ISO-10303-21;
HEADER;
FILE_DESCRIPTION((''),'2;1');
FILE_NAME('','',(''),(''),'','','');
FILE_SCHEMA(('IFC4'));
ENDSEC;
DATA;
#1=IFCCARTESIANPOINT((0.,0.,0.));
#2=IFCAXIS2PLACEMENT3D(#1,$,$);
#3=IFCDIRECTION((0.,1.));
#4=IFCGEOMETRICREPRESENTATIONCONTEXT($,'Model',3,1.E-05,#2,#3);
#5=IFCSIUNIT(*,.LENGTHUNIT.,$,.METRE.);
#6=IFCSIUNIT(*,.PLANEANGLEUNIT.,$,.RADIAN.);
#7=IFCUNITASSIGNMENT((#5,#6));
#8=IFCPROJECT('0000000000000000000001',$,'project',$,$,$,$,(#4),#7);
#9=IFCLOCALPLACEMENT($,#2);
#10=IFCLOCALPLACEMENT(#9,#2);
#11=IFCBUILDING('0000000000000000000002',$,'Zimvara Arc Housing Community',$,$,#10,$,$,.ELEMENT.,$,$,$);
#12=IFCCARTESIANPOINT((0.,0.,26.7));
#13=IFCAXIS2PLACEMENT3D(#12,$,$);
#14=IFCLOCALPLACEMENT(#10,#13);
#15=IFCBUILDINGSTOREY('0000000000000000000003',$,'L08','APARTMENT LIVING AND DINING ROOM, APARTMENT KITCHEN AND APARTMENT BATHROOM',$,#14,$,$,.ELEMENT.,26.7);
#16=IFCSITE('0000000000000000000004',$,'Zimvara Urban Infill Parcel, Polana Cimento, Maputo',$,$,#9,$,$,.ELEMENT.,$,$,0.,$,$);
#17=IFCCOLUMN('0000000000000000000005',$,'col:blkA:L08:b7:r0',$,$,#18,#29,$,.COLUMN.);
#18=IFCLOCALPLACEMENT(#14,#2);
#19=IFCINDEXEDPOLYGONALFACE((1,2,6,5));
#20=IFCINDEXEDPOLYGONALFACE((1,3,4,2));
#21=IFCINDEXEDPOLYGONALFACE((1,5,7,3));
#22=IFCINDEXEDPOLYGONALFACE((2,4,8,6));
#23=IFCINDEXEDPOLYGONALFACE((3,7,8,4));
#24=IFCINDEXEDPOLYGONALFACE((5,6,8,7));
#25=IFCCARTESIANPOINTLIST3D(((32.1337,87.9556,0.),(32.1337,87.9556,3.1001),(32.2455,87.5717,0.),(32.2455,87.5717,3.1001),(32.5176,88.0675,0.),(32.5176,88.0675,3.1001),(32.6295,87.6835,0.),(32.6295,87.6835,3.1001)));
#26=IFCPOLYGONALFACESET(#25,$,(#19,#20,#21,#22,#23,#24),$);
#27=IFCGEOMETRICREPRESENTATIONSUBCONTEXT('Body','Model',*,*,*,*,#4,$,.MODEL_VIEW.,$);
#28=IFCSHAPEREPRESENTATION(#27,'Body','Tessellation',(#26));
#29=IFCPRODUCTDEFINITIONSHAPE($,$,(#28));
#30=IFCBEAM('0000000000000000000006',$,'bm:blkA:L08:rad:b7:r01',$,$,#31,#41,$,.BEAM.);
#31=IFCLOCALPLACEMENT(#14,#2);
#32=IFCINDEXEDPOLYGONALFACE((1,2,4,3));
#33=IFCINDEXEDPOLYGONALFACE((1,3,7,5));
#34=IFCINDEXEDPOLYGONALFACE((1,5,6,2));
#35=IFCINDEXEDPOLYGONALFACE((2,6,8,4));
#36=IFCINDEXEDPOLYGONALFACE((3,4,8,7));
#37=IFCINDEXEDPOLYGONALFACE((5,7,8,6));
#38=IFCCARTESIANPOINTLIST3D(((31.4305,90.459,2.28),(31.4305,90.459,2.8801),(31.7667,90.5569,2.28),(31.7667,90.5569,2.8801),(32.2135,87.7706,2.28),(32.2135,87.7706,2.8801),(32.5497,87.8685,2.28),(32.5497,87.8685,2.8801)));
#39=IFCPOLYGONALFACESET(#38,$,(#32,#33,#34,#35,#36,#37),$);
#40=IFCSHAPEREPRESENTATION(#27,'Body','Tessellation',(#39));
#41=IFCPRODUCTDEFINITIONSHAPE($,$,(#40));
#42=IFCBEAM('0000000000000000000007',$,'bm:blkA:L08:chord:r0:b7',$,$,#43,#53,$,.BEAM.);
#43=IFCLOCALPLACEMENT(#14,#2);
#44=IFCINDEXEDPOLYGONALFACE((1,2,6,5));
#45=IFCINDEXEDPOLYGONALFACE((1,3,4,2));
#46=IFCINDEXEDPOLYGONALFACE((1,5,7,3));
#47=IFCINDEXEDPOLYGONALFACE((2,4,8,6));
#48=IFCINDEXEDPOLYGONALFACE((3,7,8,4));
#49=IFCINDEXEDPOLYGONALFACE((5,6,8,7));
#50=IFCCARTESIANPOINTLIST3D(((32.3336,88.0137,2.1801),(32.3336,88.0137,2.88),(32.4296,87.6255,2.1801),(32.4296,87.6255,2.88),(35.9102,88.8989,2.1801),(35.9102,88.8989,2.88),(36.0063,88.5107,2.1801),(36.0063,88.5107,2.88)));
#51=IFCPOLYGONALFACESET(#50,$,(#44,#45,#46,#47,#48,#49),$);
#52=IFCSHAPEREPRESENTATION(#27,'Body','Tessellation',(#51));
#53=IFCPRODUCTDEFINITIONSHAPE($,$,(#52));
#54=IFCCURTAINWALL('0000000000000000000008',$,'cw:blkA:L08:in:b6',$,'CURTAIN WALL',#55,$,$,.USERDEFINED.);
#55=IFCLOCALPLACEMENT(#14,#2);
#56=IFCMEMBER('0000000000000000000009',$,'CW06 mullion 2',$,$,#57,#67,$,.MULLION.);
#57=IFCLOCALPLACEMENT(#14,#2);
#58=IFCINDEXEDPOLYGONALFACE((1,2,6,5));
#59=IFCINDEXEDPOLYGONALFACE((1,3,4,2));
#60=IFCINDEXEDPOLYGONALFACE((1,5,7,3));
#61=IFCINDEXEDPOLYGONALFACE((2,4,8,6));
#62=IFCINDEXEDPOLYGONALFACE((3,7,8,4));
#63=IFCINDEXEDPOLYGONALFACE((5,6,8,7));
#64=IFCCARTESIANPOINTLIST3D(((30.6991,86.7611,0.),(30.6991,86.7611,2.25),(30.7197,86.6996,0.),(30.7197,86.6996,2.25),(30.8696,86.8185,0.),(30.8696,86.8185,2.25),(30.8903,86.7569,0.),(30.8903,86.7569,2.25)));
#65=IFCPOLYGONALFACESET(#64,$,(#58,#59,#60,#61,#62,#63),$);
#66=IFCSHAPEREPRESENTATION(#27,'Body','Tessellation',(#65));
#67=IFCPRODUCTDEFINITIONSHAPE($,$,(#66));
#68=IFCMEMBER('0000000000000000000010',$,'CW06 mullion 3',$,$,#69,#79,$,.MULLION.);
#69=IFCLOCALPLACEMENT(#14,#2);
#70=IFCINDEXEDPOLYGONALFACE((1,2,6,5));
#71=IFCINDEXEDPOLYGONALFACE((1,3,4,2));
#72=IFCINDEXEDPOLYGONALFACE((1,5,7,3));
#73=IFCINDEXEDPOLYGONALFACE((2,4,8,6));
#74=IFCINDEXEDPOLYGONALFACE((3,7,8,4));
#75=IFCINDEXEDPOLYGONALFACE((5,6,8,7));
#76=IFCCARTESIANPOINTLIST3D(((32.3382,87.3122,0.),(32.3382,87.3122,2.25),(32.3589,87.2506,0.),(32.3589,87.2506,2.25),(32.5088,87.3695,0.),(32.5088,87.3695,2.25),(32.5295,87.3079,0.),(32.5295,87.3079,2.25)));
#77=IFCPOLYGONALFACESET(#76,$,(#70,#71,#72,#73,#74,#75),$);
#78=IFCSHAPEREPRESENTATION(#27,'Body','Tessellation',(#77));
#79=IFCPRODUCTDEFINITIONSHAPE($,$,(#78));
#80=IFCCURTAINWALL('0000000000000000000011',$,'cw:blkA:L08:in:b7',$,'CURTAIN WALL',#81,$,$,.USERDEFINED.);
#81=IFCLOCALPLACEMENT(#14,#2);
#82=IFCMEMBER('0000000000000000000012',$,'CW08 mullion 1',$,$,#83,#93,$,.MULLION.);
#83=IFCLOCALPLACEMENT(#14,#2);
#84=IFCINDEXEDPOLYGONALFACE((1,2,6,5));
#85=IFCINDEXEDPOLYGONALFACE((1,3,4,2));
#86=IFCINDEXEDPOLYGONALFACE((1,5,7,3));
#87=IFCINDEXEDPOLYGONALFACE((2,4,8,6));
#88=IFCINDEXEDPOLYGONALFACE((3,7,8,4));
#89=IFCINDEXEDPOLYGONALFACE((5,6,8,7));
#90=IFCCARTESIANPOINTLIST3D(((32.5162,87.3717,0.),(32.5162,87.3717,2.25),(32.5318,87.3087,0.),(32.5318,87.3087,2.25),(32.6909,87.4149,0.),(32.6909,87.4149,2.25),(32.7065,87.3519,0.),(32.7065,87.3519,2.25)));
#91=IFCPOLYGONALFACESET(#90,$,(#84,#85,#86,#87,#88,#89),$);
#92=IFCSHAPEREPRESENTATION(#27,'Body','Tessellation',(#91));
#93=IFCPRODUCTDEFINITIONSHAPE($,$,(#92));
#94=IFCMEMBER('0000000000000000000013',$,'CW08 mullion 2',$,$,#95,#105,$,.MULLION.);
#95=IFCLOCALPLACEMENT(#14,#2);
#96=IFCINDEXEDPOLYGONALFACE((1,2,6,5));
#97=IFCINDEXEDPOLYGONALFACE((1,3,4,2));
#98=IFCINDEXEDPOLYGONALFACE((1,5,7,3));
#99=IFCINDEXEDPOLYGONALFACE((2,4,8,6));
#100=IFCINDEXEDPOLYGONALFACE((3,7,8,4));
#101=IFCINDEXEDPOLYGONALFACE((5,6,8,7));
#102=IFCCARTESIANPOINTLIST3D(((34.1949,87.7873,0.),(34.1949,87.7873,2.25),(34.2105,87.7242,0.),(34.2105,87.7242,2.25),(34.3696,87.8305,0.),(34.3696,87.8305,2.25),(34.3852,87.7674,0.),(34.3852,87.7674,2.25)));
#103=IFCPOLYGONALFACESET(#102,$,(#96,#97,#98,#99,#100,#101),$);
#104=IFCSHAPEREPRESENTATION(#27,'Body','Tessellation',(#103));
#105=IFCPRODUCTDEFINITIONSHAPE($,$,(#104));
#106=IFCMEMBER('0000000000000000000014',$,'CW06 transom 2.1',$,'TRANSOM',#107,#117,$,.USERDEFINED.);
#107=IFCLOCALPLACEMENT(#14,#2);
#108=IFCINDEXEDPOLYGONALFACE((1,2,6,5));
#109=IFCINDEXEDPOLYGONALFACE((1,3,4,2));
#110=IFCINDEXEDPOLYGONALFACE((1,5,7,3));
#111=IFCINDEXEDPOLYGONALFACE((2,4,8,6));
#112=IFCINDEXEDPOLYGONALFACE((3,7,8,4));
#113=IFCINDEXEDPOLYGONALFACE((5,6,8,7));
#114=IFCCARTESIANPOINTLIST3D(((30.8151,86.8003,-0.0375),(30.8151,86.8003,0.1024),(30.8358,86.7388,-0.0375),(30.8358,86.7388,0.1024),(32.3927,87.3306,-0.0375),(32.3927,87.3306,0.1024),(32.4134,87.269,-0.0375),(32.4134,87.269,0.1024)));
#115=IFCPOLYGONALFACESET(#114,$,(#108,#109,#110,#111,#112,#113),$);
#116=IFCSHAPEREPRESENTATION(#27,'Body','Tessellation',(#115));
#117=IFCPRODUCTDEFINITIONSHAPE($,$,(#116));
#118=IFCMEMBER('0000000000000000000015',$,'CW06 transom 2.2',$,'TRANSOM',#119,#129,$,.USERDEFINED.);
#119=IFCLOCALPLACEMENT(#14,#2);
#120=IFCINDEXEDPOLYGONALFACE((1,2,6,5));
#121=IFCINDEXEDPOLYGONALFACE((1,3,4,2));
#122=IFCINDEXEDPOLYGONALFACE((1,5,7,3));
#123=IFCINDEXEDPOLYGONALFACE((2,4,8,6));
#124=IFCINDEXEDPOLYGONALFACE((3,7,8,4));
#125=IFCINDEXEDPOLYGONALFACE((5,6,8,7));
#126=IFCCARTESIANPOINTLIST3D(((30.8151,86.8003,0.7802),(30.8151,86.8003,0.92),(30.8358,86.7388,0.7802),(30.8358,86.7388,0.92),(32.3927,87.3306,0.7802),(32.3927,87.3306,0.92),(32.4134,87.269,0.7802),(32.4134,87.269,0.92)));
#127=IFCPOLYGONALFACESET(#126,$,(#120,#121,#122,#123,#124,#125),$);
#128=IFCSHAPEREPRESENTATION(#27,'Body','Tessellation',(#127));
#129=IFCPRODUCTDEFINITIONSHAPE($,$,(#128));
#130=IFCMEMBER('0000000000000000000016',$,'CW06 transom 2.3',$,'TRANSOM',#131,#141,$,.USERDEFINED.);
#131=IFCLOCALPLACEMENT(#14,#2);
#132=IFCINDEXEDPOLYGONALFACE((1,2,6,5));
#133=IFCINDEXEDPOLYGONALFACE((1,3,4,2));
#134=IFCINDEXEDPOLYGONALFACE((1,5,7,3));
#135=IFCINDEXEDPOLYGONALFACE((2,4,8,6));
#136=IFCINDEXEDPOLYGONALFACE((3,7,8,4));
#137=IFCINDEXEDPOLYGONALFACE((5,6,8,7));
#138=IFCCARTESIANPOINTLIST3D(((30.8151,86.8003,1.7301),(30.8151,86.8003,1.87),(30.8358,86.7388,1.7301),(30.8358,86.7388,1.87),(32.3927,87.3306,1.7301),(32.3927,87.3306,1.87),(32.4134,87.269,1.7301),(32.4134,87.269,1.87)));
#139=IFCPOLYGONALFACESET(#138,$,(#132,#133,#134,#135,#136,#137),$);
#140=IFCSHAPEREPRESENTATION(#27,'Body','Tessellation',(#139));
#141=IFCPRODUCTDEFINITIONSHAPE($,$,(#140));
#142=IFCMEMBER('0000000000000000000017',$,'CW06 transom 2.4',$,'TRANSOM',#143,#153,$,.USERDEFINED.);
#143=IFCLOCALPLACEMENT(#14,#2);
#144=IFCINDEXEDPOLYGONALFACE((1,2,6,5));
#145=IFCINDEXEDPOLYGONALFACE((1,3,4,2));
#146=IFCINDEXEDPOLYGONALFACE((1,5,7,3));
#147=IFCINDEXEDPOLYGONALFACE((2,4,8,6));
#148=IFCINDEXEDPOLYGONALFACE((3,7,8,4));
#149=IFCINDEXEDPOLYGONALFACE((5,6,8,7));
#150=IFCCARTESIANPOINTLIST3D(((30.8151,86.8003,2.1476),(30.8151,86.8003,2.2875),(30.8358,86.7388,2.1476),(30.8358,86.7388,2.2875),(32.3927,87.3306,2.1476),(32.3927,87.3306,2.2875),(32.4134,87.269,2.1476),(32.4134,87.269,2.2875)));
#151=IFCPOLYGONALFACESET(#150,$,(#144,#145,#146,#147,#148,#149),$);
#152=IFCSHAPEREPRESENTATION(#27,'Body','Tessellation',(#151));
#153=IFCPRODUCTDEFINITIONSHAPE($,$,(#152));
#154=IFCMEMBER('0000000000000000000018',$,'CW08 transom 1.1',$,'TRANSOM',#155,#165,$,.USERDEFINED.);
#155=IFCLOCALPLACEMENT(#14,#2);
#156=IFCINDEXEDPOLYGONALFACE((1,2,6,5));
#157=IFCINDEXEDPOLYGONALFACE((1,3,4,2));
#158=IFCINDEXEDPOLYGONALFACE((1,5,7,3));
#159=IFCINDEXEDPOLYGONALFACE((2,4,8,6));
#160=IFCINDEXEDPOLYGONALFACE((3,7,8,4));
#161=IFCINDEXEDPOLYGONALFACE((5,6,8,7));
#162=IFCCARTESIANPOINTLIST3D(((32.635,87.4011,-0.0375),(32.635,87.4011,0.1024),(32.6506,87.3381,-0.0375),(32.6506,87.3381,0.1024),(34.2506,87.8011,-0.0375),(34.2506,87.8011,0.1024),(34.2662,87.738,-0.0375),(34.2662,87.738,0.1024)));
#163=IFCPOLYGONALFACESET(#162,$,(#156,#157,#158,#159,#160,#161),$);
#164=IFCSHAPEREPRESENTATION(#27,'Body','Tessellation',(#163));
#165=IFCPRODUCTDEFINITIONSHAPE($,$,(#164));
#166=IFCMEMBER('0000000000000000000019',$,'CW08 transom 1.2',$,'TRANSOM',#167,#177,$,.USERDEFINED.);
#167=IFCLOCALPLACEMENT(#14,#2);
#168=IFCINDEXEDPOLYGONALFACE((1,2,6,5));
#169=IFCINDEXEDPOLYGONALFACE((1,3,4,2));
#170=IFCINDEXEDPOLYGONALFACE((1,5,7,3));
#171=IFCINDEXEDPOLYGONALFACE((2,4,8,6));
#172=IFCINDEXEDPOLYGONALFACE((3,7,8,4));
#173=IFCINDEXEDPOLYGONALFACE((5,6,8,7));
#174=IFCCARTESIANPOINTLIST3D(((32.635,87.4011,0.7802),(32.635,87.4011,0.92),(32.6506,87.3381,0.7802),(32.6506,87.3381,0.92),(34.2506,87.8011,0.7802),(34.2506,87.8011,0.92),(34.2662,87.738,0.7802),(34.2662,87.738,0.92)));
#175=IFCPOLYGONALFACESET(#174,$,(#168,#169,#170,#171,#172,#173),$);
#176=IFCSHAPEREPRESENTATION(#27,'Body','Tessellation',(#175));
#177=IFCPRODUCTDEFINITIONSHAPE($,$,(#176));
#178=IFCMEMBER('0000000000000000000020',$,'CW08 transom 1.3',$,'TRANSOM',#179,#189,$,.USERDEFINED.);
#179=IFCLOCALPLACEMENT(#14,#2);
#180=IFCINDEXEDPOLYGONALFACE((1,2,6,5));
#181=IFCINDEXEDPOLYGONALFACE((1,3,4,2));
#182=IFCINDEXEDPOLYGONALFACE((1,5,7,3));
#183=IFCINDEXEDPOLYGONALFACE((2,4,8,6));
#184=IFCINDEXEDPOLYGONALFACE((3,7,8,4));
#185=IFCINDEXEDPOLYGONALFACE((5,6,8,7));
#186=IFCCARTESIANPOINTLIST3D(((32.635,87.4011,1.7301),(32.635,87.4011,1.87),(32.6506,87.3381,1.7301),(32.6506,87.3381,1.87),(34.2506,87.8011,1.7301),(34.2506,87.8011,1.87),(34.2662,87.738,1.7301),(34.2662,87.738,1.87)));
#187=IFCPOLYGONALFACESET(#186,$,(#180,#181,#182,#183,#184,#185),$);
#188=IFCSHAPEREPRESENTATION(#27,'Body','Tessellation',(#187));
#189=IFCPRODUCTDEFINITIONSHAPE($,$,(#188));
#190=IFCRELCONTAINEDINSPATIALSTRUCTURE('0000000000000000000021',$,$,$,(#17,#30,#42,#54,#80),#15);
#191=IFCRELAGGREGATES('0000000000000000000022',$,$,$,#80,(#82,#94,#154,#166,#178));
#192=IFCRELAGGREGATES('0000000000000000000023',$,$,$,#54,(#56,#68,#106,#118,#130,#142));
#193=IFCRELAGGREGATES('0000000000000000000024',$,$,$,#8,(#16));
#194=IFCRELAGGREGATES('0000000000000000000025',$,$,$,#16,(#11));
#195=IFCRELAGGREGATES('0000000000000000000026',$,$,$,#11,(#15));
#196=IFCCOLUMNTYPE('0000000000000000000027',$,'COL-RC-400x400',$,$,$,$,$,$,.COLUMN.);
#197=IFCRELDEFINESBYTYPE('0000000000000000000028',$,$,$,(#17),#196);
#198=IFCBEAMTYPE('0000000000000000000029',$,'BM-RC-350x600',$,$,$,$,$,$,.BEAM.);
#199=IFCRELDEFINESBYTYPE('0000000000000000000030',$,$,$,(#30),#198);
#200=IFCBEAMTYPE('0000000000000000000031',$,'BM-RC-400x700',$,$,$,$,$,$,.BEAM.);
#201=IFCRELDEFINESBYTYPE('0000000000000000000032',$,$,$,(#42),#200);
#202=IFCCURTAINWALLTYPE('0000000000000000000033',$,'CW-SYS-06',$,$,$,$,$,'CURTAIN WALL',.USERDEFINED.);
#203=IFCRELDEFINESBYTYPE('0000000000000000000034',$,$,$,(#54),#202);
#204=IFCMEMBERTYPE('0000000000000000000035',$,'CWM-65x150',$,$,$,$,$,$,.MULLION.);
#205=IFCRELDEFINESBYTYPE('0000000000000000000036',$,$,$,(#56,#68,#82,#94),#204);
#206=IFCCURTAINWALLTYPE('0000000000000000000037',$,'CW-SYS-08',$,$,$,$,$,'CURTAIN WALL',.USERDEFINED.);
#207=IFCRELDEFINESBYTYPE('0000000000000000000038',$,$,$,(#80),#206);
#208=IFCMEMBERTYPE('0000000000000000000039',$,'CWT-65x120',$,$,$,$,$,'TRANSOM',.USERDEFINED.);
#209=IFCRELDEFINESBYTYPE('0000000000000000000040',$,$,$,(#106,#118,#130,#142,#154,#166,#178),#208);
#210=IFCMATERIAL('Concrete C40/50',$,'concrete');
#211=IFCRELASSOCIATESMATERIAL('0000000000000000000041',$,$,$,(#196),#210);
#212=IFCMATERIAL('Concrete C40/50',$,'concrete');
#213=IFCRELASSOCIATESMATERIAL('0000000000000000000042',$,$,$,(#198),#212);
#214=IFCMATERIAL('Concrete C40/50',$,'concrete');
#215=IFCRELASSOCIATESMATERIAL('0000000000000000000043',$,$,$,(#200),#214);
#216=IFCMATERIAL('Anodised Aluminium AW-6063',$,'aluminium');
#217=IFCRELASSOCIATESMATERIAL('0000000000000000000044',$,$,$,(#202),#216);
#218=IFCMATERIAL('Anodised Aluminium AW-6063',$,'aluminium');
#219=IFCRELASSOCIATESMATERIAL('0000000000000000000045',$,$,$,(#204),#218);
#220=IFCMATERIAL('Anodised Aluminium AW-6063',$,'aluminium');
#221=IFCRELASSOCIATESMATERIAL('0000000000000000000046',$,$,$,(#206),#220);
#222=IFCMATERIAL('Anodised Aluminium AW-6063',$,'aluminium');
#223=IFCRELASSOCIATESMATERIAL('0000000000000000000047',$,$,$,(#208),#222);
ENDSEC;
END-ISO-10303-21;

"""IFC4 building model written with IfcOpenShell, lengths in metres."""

from ifc_helpers import new_model, si_unit, direction, frame, origin, origin_2d, place, context, subcontext, project, spatial, rectangle, extrude, material, material_profile, profile_set, type_object, element, aggregate, save


model = new_model("IFC4")

# Units and contexts
model_context = context("Model", 3, precision=1e-05, world=origin(), true_north=direction((0.0, 1.0)))
body_context = subcontext(model_context, "Body", "Model", "MODEL_VIEW")
ifc_project = project(units=[si_unit("LENGTHUNIT", "METRE"), si_unit("PLANEANGLEUNIT", "RADIAN")], contexts=[model_context])

# Site, building, storey
site_placement = place(None, origin())
site = spatial("IfcSite", under=ifc_project, at=site_placement, Name="Zimvara Urban Infill Parcel, Polana Cimento, Maputo", CompositionType="ELEMENT", RefElevation=0.0)
building_placement = place(site_placement, origin())
building = spatial("IfcBuilding", under=site, at=building_placement, Name="Zimvara Arc Housing Community", CompositionType="ELEMENT")
storey_placement = place(building_placement, frame((0.0, 0.0, 26.7)))
storey = spatial("IfcBuildingStorey", under=building, at=storey_placement, Name="L08", Description="APARTMENT LIVING AND DINING ROOM, APARTMENT KITCHEN AND APARTMENT BATHROOM", CompositionType="ELEMENT", Elevation=26.7)

# Column
ifc_material_1 = material(Name="Concrete C40/50", Category="concrete")
ifc_material_profile_1 = material_profile(ifc_material_1, rectangle(XDim=0.3999, YDim=0.3999, at=origin_2d()), Name="RC 400x400")
ifc_profile_set_1 = profile_set([ifc_material_profile_1], Name="Concrete C40/50")
column_type = type_object("IfcColumnType", Name="COL-RC-400x400", PredefinedType="COLUMN", material=ifc_profile_set_1)
column_placement = place(storey_placement, frame((32.3816, 87.8196, 0.0), z_axis=(0.0, 0.0, 1.0), x_axis=(-0.279661, 0.960099, 0.0)))
element("IfcColumn", 1, at=column_placement, inside=storey, type_object=column_type, Name="col:blkA:L08:b7:r0", PredefinedType="COLUMN", context=body_context, shape_type="SweptSolid", body=[
    extrude(rectangle(XDim=0.3999, YDim=0.3999, at=origin_2d()), origin(), (0.0, 0.0, 1.0), 3.1001),
])

# Beams
ifc_material_2 = material(Name="Concrete C40/50", Category="concrete")
ifc_material_profile_2 = material_profile(ifc_material_2, rectangle(XDim=0.3501, YDim=0.6001, at=origin_2d()), Name="RC 350x600")
ifc_profile_set_2 = profile_set([ifc_material_profile_2], Name="Concrete C40/50")
beam_type_1 = type_object("IfcBeamType", Name="BM-RC-350x600", PredefinedType="BEAM", material=ifc_profile_set_2)
beam_1_placement = place(storey_placement, frame((32.3816, 87.8196, 2.5801), z_axis=(-0.279635, 0.960106, 0.0), x_axis=(-0.960106, -0.279635, 0.0)))
element("IfcBeam", 2, at=beam_1_placement, inside=storey, type_object=beam_type_1, Name="bm:blkA:L08:rad:b7:r01", PredefinedType="BEAM", context=body_context, shape_type="SweptSolid", body=[
    extrude(rectangle(XDim=0.3501, YDim=0.6001, at=origin_2d()), origin(), (0.0, 0.0, 1.0), 2.8),
])
ifc_material_3 = material(Name="Concrete C40/50", Category="concrete")
ifc_material_profile_3 = material_profile(ifc_material_3, rectangle(XDim=0.3999, YDim=0.7, at=origin_2d()), Name="RC 400x700")
ifc_profile_set_3 = profile_set([ifc_material_profile_3], Name="Concrete C40/50")
beam_type_2 = type_object("IfcBeamType", Name="BM-RC-400x700", PredefinedType="BEAM", material=ifc_profile_set_3)
beam_2_placement = place(storey_placement, frame((32.3816, 87.8196, 2.53), z_axis=(0.970709, 0.240259, 0.0), x_axis=(-0.240259, 0.970709, 0.0)))
element("IfcBeam", 3, at=beam_2_placement, inside=storey, type_object=beam_type_2, Name="bm:blkA:L08:chord:r0:b7", PredefinedType="BEAM", context=body_context, shape_type="SweptSolid", body=[
    extrude(rectangle(XDim=0.3999, YDim=0.7, at=origin_2d()), origin(), (0.0, 0.0, 1.0), 3.6846),
])

# Curtain walls, members
ifc_material_4 = material(Name="Anodised Aluminium AW-6063", Category="aluminium")
curtain_wall_type_1 = type_object("IfcCurtainWallType", Name="CW-SYS-06", ElementType="CURTAIN WALL", PredefinedType="USERDEFINED", material=ifc_material_4)
curtain_wall_1_placement = place(storey_placement, origin())
curtain_wall_1 = element("IfcCurtainWall", 4, at=curtain_wall_1_placement, inside=storey, type_object=curtain_wall_type_1, Name="cw:blkA:L08:in:b6", ObjectType="CURTAIN WALL", PredefinedType="USERDEFINED")
ifc_material_5 = material(Name="Anodised Aluminium AW-6063", Category="aluminium")
ifc_material_profile_4 = material_profile(ifc_material_5, rectangle(XDim=0.0649, YDim=0.1799, at=origin_2d()), Name="ALU 65x180")
ifc_profile_set_4 = profile_set([ifc_material_profile_4], Name="Anodised Aluminium AW-6063")
member_type_1 = type_object("IfcMemberType", Name="CWM-65x150", PredefinedType="MULLION", material=ifc_profile_set_4)
member_1_placement = place(storey_placement, frame((30.7947, 86.759, 0.0), z_axis=(0.0, 0.0, 1.0), x_axis=(-0.31863, 0.947879, 0.0)))
member_1 = element("IfcMember", 5, at=member_1_placement, type_object=member_type_1, Name="CW06 mullion 2", PredefinedType="MULLION", context=body_context, shape_type="SweptSolid", body=[
    extrude(rectangle(XDim=0.0649, YDim=0.1799, at=origin_2d()), origin(), (0.0, 0.0, 1.0), 2.25),
])
member_2_placement = place(storey_placement, frame((32.4338, 87.3101, 0.0), z_axis=(0.0, 0.0, 1.0), x_axis=(-0.31863, 0.947879, 0.0)))
member_2 = element("IfcMember", 6, at=member_2_placement, type_object=member_type_1, Name="CW06 mullion 3", PredefinedType="MULLION", context=body_context, shape_type="SweptSolid", body=[
    extrude(rectangle(XDim=0.0649, YDim=0.1799, at=origin_2d()), origin(), (0.0, 0.0, 1.0), 2.25),
])
ifc_material_6 = material(Name="Anodised Aluminium AW-6063", Category="aluminium")
curtain_wall_type_2 = type_object("IfcCurtainWallType", Name="CW-SYS-08", ElementType="CURTAIN WALL", PredefinedType="USERDEFINED", material=ifc_material_6)
curtain_wall_2_placement = place(storey_placement, origin())
curtain_wall_2 = element("IfcCurtainWall", 7, at=curtain_wall_2_placement, inside=storey, type_object=curtain_wall_type_2, Name="cw:blkA:L08:in:b7", ObjectType="CURTAIN WALL", PredefinedType="USERDEFINED")
member_3_placement = place(storey_placement, frame((32.6113, 87.3618, 0.0), z_axis=(0.0, 0.0, 1.0), x_axis=(-0.240228, 0.970717, 0.0)))
member_3 = element("IfcMember", 8, at=member_3_placement, type_object=member_type_1, Name="CW08 mullion 1", PredefinedType="MULLION", context=body_context, shape_type="SweptSolid", body=[
    extrude(rectangle(XDim=0.0649, YDim=0.1799, at=origin_2d()), origin(), (0.0, 0.0, 1.0), 2.25),
])
member_4_placement = place(storey_placement, frame((34.29, 87.7773, 0.0), z_axis=(0.0, 0.0, 1.0), x_axis=(-0.240228, 0.970717, 0.0)))
member_4 = element("IfcMember", 9, at=member_4_placement, type_object=member_type_1, Name="CW08 mullion 2", PredefinedType="MULLION", context=body_context, shape_type="SweptSolid", body=[
    extrude(rectangle(XDim=0.0649, YDim=0.1799, at=origin_2d()), origin(), (0.0, 0.0, 1.0), 2.25),
])

# Members
ifc_material_7 = material(Name="Anodised Aluminium AW-6063", Category="aluminium")
ifc_material_profile_5 = material_profile(ifc_material_7, rectangle(XDim=0.0649, YDim=0.1399, at=origin_2d()), Name="ALU 65x140")
ifc_profile_set_5 = profile_set([ifc_material_profile_5], Name="Anodised Aluminium AW-6063")
member_type_2 = type_object("IfcMemberType", Name="CWT-65x120", ElementType="TRANSOM", PredefinedType="USERDEFINED", material=ifc_profile_set_5)
member_5_placement = place(storey_placement, frame((30.8254, 86.7695, 0.0325), z_axis=(0.947888, 0.318603, 0.0), x_axis=(-0.318603, 0.947888, 0.0)))
member_5 = element("IfcMember", 10, at=member_5_placement, type_object=member_type_2, Name="CW06 transom 2.1", ObjectType="TRANSOM", PredefinedType="USERDEFINED", context=body_context, shape_type="SweptSolid", body=[
    extrude(rectangle(XDim=0.0649, YDim=0.1399, at=origin_2d()), origin(), (0.0, 0.0, 1.0), 1.6643),
])
member_6_placement = place(storey_placement, frame((30.8254, 86.7695, 0.8501), z_axis=(0.947888, 0.318603, 0.0), x_axis=(-0.318603, 0.947888, 0.0)))
member_6 = element("IfcMember", 11, at=member_6_placement, type_object=member_type_2, Name="CW06 transom 2.2", ObjectType="TRANSOM", PredefinedType="USERDEFINED", context=body_context, shape_type="SweptSolid", body=[
    extrude(rectangle(XDim=0.0649, YDim=0.1399, at=origin_2d()), origin(), (0.0, 0.0, 1.0), 1.6643),
])
member_7_placement = place(storey_placement, frame((30.8254, 86.7695, 1.8), z_axis=(0.947888, 0.318603, 0.0), x_axis=(-0.318603, 0.947888, 0.0)))
member_7 = element("IfcMember", 12, at=member_7_placement, type_object=member_type_2, Name="CW06 transom 2.3", ObjectType="TRANSOM", PredefinedType="USERDEFINED", context=body_context, shape_type="SweptSolid", body=[
    extrude(rectangle(XDim=0.0649, YDim=0.1399, at=origin_2d()), origin(), (0.0, 0.0, 1.0), 1.6643),
])
member_8_placement = place(storey_placement, frame((30.8254, 86.7695, 2.2175), z_axis=(0.947888, 0.318603, 0.0), x_axis=(-0.318603, 0.947888, 0.0)))
member_8 = element("IfcMember", 13, at=member_8_placement, type_object=member_type_2, Name="CW06 transom 2.4", ObjectType="TRANSOM", PredefinedType="USERDEFINED", context=body_context, shape_type="SweptSolid", body=[
    extrude(rectangle(XDim=0.0649, YDim=0.1399, at=origin_2d()), origin(), (0.0, 0.0, 1.0), 1.6643),
])
member_9_placement = place(storey_placement, frame((32.6428, 87.3696, 0.0325), z_axis=(0.970701, 0.240291, 0.0), x_axis=(-0.240291, 0.970701, 0.0)))
member_9 = element("IfcMember", 14, at=member_9_placement, type_object=member_type_2, Name="CW08 transom 1.1", ObjectType="TRANSOM", PredefinedType="USERDEFINED", context=body_context, shape_type="SweptSolid", body=[
    extrude(rectangle(XDim=0.0649, YDim=0.1399, at=origin_2d()), origin(), (0.0, 0.0, 1.0), 1.6643),
])
member_10_placement = place(storey_placement, frame((32.6428, 87.3696, 0.8501), z_axis=(0.970701, 0.240291, 0.0), x_axis=(-0.240291, 0.970701, 0.0)))
member_10 = element("IfcMember", 15, at=member_10_placement, type_object=member_type_2, Name="CW08 transom 1.2", ObjectType="TRANSOM", PredefinedType="USERDEFINED", context=body_context, shape_type="SweptSolid", body=[
    extrude(rectangle(XDim=0.0649, YDim=0.1399, at=origin_2d()), origin(), (0.0, 0.0, 1.0), 1.6643),
])
member_11_placement = place(storey_placement, frame((32.6428, 87.3696, 1.8), z_axis=(0.970701, 0.240291, 0.0), x_axis=(-0.240291, 0.970701, 0.0)))
member_11 = element("IfcMember", 16, at=member_11_placement, type_object=member_type_2, Name="CW08 transom 1.3", ObjectType="TRANSOM", PredefinedType="USERDEFINED", context=body_context, shape_type="SweptSolid", body=[
    extrude(rectangle(XDim=0.0649, YDim=0.1399, at=origin_2d()), origin(), (0.0, 0.0, 1.0), 1.6643),
])

aggregate(curtain_wall_2, [member_3, member_4, member_9, member_10, member_11])
aggregate(curtain_wall_1, [member_1, member_2, member_5, member_6, member_7, member_8])

save(model, "model.ifc")
